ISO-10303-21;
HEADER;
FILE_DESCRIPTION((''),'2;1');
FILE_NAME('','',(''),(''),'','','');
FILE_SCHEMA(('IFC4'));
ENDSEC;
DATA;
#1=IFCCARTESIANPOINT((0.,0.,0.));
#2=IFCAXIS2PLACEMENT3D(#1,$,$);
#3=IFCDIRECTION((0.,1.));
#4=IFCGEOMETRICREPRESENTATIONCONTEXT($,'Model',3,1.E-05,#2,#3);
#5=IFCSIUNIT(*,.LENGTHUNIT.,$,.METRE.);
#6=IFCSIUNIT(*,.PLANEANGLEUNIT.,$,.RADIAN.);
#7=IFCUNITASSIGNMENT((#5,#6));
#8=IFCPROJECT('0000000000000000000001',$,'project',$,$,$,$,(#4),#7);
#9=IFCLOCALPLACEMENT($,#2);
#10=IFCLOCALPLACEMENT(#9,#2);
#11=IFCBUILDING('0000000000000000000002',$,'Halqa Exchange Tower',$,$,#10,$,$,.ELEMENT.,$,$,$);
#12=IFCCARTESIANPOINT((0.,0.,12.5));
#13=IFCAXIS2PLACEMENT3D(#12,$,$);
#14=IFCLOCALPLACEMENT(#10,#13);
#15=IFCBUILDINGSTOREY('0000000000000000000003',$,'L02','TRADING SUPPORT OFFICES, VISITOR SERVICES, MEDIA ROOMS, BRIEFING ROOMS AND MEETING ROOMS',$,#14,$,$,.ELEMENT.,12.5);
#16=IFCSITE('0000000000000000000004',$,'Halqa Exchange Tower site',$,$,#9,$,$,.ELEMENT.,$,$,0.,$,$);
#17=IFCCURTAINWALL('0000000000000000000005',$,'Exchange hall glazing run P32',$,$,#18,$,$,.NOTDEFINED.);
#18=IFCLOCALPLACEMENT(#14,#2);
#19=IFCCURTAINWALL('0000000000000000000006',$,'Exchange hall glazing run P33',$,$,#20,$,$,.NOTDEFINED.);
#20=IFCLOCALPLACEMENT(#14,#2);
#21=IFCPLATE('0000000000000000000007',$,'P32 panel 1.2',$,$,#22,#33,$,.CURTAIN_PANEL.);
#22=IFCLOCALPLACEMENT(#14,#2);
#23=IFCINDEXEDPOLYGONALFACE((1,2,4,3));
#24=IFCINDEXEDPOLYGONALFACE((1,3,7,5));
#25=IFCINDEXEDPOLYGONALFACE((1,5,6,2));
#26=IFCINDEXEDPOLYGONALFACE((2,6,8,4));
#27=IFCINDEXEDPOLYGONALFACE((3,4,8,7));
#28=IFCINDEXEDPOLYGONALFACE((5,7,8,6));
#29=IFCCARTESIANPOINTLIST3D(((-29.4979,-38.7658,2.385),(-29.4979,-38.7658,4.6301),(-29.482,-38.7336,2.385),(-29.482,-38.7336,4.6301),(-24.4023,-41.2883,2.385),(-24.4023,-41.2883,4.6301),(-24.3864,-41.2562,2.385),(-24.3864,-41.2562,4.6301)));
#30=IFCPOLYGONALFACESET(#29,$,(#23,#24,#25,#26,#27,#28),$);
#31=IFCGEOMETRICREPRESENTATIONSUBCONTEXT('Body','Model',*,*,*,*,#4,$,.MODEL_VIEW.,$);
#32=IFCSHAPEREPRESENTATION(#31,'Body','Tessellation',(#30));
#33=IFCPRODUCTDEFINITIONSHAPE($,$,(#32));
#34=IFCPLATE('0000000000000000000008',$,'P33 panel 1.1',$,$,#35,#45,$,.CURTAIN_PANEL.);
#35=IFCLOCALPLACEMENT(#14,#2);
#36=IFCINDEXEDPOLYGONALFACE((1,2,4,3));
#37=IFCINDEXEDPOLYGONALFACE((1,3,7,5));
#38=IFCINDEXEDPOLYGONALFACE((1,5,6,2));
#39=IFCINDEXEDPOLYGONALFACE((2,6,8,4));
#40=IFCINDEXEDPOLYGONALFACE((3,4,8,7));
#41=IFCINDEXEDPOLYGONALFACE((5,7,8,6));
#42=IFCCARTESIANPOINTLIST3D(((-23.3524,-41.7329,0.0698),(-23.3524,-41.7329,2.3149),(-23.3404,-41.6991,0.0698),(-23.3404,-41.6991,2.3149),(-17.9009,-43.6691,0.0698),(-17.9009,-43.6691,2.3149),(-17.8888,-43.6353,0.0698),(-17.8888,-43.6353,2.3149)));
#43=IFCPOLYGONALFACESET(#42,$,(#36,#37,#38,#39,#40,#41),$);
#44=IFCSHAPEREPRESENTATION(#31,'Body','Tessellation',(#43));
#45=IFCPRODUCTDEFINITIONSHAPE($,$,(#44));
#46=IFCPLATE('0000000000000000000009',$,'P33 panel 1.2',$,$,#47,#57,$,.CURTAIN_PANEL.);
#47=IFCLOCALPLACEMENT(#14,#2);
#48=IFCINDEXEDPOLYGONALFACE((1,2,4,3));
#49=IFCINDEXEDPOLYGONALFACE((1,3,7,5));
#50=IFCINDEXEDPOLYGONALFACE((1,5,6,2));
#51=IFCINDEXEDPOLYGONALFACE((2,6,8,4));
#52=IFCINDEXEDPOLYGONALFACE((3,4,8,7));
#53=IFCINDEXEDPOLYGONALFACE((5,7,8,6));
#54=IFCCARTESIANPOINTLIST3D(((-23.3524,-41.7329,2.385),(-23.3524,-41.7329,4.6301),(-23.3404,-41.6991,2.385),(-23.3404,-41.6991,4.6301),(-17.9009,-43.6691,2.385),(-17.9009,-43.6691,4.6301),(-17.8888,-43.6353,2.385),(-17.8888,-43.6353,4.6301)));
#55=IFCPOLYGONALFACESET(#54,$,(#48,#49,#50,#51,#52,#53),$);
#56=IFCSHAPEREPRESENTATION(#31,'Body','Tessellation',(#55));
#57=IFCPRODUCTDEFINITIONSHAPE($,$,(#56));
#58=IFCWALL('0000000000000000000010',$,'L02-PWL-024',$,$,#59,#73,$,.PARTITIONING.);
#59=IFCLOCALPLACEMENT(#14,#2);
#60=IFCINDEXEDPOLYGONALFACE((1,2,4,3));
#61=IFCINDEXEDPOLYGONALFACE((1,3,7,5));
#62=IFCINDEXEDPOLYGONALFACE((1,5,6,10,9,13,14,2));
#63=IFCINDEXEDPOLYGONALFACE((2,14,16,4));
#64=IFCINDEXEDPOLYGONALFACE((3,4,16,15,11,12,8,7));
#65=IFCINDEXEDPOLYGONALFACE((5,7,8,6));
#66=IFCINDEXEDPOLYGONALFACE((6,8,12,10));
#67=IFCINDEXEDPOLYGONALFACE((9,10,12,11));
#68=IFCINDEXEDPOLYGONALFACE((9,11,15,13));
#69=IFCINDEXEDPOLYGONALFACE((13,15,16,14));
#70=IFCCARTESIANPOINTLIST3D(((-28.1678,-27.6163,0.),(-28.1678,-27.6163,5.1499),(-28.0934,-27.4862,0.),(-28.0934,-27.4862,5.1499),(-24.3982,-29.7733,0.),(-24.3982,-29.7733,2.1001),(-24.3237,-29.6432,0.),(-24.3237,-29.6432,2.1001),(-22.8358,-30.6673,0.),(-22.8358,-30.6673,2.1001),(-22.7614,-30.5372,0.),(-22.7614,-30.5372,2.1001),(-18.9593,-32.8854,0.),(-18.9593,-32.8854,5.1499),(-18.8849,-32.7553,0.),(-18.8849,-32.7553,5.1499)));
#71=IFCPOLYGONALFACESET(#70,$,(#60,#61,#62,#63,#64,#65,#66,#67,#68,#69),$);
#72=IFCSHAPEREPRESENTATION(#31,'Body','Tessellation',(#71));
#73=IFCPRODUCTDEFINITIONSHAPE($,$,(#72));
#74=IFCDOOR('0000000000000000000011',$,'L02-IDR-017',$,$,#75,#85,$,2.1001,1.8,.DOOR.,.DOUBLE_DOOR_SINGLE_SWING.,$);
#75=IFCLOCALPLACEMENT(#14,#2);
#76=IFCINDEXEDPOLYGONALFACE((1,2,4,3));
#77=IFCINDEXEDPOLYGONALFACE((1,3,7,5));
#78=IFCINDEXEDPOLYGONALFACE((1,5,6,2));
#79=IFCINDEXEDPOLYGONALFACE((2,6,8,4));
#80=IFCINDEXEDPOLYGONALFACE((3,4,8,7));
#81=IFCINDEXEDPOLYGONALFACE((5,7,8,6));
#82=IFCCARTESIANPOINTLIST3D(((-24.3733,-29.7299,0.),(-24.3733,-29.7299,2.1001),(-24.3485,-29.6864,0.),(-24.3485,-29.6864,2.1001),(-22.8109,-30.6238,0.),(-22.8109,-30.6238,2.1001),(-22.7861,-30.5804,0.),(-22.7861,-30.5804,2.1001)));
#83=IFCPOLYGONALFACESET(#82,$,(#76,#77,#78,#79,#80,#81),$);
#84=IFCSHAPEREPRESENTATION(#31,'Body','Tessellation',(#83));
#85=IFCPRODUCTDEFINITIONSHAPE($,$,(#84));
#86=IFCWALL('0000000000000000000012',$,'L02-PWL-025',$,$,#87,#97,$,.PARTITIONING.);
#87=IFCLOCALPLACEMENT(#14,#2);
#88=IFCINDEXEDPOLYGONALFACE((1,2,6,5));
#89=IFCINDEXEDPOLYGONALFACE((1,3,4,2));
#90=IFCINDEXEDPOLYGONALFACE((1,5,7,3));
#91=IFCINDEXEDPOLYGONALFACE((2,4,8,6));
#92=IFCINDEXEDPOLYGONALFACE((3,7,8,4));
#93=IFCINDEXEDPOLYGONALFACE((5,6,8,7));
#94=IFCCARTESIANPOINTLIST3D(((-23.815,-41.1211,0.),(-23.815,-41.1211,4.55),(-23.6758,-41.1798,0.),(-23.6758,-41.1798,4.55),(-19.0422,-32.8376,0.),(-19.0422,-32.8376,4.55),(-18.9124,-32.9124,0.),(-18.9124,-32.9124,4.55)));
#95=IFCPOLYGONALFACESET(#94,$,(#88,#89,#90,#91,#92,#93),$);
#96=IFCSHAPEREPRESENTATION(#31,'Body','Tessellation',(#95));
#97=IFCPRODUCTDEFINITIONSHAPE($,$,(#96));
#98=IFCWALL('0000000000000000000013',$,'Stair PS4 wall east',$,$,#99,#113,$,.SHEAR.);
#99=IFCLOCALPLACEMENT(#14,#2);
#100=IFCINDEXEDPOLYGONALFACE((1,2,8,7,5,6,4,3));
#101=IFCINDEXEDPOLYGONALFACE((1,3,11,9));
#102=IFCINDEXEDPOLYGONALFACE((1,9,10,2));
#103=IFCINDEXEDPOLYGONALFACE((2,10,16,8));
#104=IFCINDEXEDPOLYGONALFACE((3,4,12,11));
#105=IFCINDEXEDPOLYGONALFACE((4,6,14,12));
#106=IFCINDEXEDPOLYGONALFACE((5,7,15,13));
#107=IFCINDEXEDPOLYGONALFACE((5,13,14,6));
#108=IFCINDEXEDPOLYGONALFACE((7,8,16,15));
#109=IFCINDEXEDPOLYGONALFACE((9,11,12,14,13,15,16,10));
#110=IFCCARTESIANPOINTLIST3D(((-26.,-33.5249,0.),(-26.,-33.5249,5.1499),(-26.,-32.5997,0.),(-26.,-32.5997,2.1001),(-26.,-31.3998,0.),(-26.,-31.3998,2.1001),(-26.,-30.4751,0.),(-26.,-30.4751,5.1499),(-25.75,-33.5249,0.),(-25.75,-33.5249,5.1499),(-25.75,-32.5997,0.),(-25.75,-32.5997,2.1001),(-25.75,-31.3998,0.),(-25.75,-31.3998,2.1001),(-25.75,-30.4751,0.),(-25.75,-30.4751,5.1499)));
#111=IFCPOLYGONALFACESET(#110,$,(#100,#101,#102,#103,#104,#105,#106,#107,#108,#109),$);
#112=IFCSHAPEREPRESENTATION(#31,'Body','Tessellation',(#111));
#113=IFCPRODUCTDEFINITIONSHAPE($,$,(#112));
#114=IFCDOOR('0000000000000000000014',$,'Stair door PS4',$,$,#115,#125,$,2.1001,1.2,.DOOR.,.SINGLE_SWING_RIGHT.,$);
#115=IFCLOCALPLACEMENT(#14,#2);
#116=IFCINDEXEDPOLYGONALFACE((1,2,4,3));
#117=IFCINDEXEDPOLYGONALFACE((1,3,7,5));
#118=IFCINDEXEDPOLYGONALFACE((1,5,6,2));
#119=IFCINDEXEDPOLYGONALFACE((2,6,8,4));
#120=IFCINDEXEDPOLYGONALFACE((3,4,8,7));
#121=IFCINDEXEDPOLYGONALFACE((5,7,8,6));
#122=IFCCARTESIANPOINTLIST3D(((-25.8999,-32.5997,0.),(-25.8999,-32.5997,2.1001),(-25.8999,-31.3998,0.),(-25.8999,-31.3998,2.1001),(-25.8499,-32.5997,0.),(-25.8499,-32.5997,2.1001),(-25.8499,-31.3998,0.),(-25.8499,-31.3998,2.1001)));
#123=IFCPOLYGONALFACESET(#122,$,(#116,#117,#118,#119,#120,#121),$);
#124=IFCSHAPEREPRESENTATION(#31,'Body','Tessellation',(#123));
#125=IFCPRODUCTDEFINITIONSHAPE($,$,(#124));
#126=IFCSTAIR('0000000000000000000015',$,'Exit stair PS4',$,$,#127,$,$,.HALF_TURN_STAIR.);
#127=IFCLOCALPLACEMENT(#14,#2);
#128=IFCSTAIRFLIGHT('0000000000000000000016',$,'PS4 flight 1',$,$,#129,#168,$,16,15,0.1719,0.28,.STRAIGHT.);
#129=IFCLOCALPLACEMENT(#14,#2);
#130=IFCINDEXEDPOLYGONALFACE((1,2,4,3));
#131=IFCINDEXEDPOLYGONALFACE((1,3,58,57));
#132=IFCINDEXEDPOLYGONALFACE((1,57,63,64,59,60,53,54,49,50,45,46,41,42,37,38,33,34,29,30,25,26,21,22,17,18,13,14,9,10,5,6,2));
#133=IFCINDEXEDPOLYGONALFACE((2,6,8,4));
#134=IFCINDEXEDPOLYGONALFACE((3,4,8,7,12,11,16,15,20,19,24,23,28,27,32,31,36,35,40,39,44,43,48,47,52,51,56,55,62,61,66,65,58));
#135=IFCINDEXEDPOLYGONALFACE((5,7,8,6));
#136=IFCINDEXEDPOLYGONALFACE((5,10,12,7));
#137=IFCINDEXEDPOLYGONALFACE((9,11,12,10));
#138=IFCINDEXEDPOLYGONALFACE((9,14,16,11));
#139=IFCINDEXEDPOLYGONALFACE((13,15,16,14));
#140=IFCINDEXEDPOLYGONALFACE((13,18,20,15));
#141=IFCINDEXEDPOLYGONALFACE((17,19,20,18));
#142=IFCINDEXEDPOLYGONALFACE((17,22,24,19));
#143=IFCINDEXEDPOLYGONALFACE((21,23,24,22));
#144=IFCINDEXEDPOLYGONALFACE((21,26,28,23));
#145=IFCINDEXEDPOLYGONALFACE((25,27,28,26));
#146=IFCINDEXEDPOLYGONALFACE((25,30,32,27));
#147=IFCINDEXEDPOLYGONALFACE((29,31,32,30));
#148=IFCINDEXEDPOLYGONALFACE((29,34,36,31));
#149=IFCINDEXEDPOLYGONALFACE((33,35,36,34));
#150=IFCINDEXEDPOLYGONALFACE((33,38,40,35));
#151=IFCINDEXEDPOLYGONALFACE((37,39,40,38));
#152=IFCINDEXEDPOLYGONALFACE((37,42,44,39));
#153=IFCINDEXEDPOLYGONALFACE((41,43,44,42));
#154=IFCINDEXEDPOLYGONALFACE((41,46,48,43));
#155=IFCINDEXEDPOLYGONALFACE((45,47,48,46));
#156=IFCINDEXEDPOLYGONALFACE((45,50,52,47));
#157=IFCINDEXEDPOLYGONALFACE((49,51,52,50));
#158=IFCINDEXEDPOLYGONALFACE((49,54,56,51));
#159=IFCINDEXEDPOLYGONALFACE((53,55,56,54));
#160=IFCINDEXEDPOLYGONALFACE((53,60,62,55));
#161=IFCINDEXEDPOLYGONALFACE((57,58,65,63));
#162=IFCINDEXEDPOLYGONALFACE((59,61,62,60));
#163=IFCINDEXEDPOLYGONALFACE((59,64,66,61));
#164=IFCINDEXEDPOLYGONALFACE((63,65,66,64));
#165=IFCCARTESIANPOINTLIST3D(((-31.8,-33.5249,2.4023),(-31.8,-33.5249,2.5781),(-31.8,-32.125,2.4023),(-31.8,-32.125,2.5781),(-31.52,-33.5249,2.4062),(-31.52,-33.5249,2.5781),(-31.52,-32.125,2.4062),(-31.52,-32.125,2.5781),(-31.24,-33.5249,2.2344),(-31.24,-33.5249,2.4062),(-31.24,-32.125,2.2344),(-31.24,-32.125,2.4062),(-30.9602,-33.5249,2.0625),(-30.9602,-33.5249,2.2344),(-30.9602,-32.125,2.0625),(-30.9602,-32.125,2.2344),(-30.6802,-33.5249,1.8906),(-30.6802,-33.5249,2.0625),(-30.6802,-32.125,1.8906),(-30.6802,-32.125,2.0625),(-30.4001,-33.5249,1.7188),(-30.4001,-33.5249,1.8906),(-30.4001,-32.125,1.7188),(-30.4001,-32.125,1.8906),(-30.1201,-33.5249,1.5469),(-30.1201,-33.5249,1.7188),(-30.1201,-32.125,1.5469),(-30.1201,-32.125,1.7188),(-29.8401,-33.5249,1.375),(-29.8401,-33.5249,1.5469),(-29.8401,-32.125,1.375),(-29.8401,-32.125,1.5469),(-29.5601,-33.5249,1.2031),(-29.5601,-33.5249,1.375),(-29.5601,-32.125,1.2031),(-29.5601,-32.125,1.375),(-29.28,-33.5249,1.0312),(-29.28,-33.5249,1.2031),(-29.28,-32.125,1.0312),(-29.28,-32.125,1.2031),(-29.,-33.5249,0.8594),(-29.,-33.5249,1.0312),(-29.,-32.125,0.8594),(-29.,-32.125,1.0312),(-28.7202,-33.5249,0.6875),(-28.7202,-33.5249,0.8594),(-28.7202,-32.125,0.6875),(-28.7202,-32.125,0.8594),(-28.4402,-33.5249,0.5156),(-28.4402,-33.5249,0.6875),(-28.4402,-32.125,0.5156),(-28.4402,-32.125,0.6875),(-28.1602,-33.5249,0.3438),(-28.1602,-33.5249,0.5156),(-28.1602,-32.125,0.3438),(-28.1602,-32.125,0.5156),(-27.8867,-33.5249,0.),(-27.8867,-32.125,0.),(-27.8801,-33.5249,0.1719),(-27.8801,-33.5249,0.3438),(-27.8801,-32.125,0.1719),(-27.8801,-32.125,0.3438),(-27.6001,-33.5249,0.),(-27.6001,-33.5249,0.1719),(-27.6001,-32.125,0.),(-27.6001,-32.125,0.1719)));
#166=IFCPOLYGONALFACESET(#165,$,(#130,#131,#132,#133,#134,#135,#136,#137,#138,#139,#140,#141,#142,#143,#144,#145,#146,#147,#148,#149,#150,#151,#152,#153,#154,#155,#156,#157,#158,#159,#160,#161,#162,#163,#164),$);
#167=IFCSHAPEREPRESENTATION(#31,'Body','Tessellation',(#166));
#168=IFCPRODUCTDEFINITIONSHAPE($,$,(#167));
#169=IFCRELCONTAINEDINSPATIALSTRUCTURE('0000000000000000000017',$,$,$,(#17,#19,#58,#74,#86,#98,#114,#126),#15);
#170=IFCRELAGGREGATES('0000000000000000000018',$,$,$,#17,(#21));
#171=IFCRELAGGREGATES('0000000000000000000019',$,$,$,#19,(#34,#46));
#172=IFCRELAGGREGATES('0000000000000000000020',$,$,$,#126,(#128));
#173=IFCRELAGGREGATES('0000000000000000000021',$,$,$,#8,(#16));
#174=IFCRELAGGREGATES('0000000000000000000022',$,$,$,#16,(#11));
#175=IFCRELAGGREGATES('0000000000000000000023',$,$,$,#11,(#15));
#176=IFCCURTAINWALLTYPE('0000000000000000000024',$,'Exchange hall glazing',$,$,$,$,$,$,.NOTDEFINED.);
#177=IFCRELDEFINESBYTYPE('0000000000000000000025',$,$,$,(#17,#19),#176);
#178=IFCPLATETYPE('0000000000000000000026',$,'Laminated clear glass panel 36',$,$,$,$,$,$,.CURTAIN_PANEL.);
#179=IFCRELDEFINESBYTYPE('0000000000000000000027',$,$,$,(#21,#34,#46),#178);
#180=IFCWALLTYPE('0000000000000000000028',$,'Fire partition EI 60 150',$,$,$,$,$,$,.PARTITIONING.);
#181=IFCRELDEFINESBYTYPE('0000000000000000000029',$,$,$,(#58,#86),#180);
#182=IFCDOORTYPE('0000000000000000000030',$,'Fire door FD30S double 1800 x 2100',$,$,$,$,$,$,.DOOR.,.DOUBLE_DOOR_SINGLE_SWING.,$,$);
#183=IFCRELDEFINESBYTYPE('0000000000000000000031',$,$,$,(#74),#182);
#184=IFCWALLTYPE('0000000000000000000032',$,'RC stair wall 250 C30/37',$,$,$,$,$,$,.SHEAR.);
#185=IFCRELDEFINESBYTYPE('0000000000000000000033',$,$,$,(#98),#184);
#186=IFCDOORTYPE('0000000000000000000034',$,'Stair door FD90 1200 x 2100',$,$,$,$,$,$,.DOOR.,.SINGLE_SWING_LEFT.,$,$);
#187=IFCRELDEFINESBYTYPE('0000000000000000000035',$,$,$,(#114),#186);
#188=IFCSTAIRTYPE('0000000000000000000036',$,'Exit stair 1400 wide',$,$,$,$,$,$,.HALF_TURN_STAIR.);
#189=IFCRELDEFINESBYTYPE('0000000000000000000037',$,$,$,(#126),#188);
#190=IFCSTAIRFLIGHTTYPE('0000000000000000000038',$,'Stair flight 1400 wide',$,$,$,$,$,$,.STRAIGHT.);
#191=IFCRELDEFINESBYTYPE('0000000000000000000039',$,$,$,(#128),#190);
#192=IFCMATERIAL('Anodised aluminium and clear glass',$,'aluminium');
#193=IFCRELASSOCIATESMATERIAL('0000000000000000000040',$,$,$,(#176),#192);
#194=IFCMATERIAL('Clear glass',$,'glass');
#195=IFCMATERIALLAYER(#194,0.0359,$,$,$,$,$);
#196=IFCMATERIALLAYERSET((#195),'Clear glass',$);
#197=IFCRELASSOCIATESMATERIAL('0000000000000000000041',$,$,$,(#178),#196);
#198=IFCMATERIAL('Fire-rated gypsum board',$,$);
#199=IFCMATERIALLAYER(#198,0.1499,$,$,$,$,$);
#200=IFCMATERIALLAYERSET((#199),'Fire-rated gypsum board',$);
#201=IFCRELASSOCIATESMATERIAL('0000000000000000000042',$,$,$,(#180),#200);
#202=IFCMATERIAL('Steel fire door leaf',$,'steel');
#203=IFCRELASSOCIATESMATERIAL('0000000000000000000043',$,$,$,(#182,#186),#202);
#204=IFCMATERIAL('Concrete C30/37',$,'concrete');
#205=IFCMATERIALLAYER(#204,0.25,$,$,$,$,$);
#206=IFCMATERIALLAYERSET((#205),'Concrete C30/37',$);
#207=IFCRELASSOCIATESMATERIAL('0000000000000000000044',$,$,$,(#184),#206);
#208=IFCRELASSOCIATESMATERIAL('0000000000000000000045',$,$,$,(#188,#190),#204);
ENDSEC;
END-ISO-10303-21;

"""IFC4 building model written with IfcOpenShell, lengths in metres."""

from ifc_helpers import new_model, si_unit, direction, frame, frame_2d, origin, origin_2d, place, context, subcontext, project, spatial, polyline, rectangle, outline, extrude, material, layer, layer_set, type_object, element, fill, aggregate, save


model = new_model("IFC4")

# Units and contexts
model_context = context("Model", 3, precision=1e-05, world=origin(), true_north=direction((0.0, 1.0)))
body_context = subcontext(model_context, "Body", "Model", "MODEL_VIEW")
ifc_project = project(units=[si_unit("LENGTHUNIT", "METRE"), si_unit("PLANEANGLEUNIT", "RADIAN")], contexts=[model_context])

# Site, building, storey
site_placement = place(None, origin())
site = spatial("IfcSite", under=ifc_project, at=site_placement, Name="Halqa Exchange Tower site", CompositionType="ELEMENT", RefElevation=0.0)
building_placement = place(site_placement, origin())
building = spatial("IfcBuilding", under=site, at=building_placement, Name="Halqa Exchange Tower", CompositionType="ELEMENT")
storey_placement = place(building_placement, frame((0.0, 0.0, 12.5)))
storey = spatial("IfcBuildingStorey", under=building, at=storey_placement, Name="L02", Description="TRADING SUPPORT OFFICES, VISITOR SERVICES, MEDIA ROOMS, BRIEFING ROOMS AND MEETING ROOMS", CompositionType="ELEMENT", Elevation=12.5)

# Curtain wall
ifc_material_1 = material(Name="Anodised aluminium and clear glass", Category="aluminium")
curtain_wall_type = type_object("IfcCurtainWallType", Name="Exchange hall glazing", PredefinedType="NOTDEFINED", material=ifc_material_1)
curtain_wall_1_placement = place(storey_placement, origin())
curtain_wall_1 = element("IfcCurtainWall", 1, at=curtain_wall_1_placement, inside=storey, type_object=curtain_wall_type, Name="Exchange hall glazing run P32", PredefinedType="NOTDEFINED")

# Curtain wall
curtain_wall_2_placement = place(storey_placement, origin())
curtain_wall_2 = element("IfcCurtainWall", 2, at=curtain_wall_2_placement, inside=storey, type_object=curtain_wall_type, Name="Exchange hall glazing run P33", PredefinedType="NOTDEFINED")

# Plates
ifc_material_2 = material(Name="Clear glass", Category="glass")
ifc_layer_1 = layer(ifc_material_2, 0.0359)
ifc_layer_set_1 = layer_set([ifc_layer_1], Name="Clear glass")
plate_type = type_object("IfcPlateType", Name="Laminated clear glass panel 36", PredefinedType="CURTAIN_PANEL", material=ifc_layer_set_1)
plate_1_placement = place(storey_placement, frame((-26.9421, -40.011, 2.385), z_axis=(0.0, 0.0, 1.0), x_axis=(0.896198, -0.443653, 0.0)))
plate_1 = element("IfcPlate", 3, at=plate_1_placement, type_object=plate_type, Name="P32 panel 1.2", PredefinedType="CURTAIN_PANEL", context=body_context, shape_type="SweptSolid", body=[
    extrude(rectangle(XDim=5.6858, YDim=0.0359, at=origin_2d()), origin(), (0.0, 0.0, 1.0), 2.2451),
])
aggregate(curtain_wall_1, [plate_1])
plate_2_placement = place(storey_placement, frame((-20.6206, -42.6841, 0.0698), z_axis=(0.0, 0.0, 1.0), x_axis=(0.942329, -0.334688, 0.0)))
plate_2 = element("IfcPlate", 4, at=plate_2_placement, type_object=plate_type, Name="P33 panel 1.1", PredefinedType="CURTAIN_PANEL", context=body_context, shape_type="SweptSolid", body=[
    extrude(rectangle(XDim=5.7852, YDim=0.0359, at=origin_2d()), origin(), (0.0, 0.0, 1.0), 2.2451),
])
plate_3_placement = place(storey_placement, frame((-20.6206, -42.6841, 2.385), z_axis=(0.0, 0.0, 1.0), x_axis=(0.942329, -0.334688, 0.0)))
plate_3 = element("IfcPlate", 5, at=plate_3_placement, type_object=plate_type, Name="P33 panel 1.2", PredefinedType="CURTAIN_PANEL", context=body_context, shape_type="SweptSolid", body=[
    extrude(rectangle(XDim=5.7852, YDim=0.0359, at=origin_2d()), origin(), (0.0, 0.0, 1.0), 2.2451),
])
aggregate(curtain_wall_2, [plate_2, plate_3])

# Wall, opening, door
ifc_material_3 = material(Name="Fire-rated gypsum board")
ifc_layer_2 = layer(ifc_material_3, 0.1499)
ifc_layer_set_2 = layer_set([ifc_layer_2], Name="Fire-rated gypsum board")
wall_type_1 = type_object("IfcWallType", Name="Fire partition EI 60 150", PredefinedType="PARTITIONING", material=ifc_layer_set_2)
wall_1_placement = place(storey_placement, frame((-18.9221, -32.8203, 0.0), z_axis=(0.0, 0.0, 1.0), x_axis=(-0.867957, 0.496639, 0.0)))
wall_1 = element("IfcWall", 6, at=wall_1_placement, inside=storey, type_object=wall_type_1, Name="L02-PWL-024", PredefinedType="PARTITIONING", context=body_context, shape_type="SweptSolid", body=[
    extrude(rectangle(XDim=10.6094, YDim=0.1499, at=frame_2d((5.3047, 0.0))), origin(), (0.0, 0.0, 1.0), 5.1499),
])
opening_1_placement = place(wall_1_placement, frame((4.4663, 0.0, 0.0)))
opening_1 = element("IfcOpeningElement", 7, at=opening_1_placement, cuts=wall_1, PredefinedType="OPENING", context=body_context, shape_type="SweptSolid", body=[
    extrude(rectangle(XDim=1.8, YDim=2.1001, at=frame_2d((0.8999, 1.05))), frame((0.0, 0.0869, 0.0), z_axis=(0.0, -1.0, 0.0), x_axis=(1.0, 0.0, 0.0)), (0.0, 0.0, 1.0), 0.1738),
])
ifc_material_4 = material(Name="Steel fire door leaf", Category="steel")
door_type_1 = type_object("IfcDoorType", Name="Fire door FD30S double 1800 x 2100", OperationType="DOUBLE_DOOR_SINGLE_SWING", PredefinedType="DOOR", material=ifc_material_4)
door_1_placement = place(opening_1_placement, origin())
door_1 = element("IfcDoor", 8, at=door_1_placement, inside=storey, type_object=door_type_1, Name="L02-IDR-017", OperationType="DOUBLE_DOOR_SINGLE_SWING", OverallHeight=2.1001, OverallWidth=1.8, PredefinedType="DOOR", context=body_context, shape_type="SweptSolid", body=[
    extrude(rectangle(XDim=1.8, YDim=2.1001, at=frame_2d((0.8999, 1.05))), frame((0.0, 0.0249, 0.0), z_axis=(0.0, -1.0, 0.0), x_axis=(1.0, 0.0, 0.0)), (0.0, 0.0, 1.0), 0.05),
])
fill(opening_1, door_1)

# Wall
wall_2_placement = place(storey_placement, frame((-18.9773, -32.875, 0.0), z_axis=(0.0, 0.0, 1.0), x_axis=(-0.499236, -0.866466, 0.0)))
element("IfcWall", 9, at=wall_2_placement, inside=storey, type_object=wall_type_1, Name="L02-PWL-025", PredefinedType="PARTITIONING", context=body_context, shape_type="SweptSolid", body=[
    extrude(outline(polyline([(0.0, -0.075), (9.5601, -0.075), (9.5415, 0.075), (0.0, 0.075), (0.0, -0.075)])), origin(), (0.0, 0.0, 1.0), 4.55),
])

# Wall, opening, door
ifc_material_5 = material(Name="Concrete C30/37", Category="concrete")
ifc_layer_3 = layer(ifc_material_5, 0.25)
ifc_layer_set_3 = layer_set([ifc_layer_3], Name="Concrete C30/37")
wall_type_2 = type_object("IfcWallType", Name="RC stair wall 250 C30/37", PredefinedType="SHEAR", material=ifc_layer_set_3)
wall_3_placement = place(storey_placement, frame((-25.875, -33.5249, 0.0), z_axis=(0.0, 0.0, 1.0), x_axis=(0.0, 1.0, 0.0)))
wall_3 = element("IfcWall", 10, at=wall_3_placement, inside=storey, type_object=wall_type_2, Name="Stair PS4 wall east", PredefinedType="SHEAR", context=body_context, shape_type="SweptSolid", body=[
    extrude(rectangle(XDim=3.0498, YDim=0.25, at=frame_2d((1.5249, 0.0))), origin(), (0.0, 0.0, 1.0), 5.1499),
])
opening_2_placement = place(wall_3_placement, frame((0.925, 0.0, 0.0)))
opening_2 = element("IfcOpeningElement", 11, at=opening_2_placement, cuts=wall_3, PredefinedType="OPENING", context=body_context, shape_type="SweptSolid", body=[
    extrude(rectangle(XDim=1.2, YDim=2.1001, at=frame_2d((0.6001, 1.05))), frame((0.0, 0.137, 0.0), z_axis=(0.0, -1.0, 0.0), x_axis=(1.0, 0.0, 0.0)), (0.0, 0.0, 1.0), 0.2739),
])
door_type_2 = type_object("IfcDoorType", Name="Stair door FD90 1200 x 2100", OperationType="SINGLE_SWING_LEFT", PredefinedType="DOOR", material=ifc_material_4)
door_2_placement = place(opening_2_placement, origin())
door_2 = element("IfcDoor", 12, at=door_2_placement, inside=storey, type_object=door_type_2, Name="Stair door PS4", OperationType="SINGLE_SWING_RIGHT", OverallHeight=2.1001, OverallWidth=1.2, PredefinedType="DOOR", context=body_context, shape_type="SweptSolid", body=[
    extrude(rectangle(XDim=1.2, YDim=2.1001, at=frame_2d((0.6001, 1.05))), frame((0.0, 0.0249, 0.0), z_axis=(0.0, -1.0, 0.0), x_axis=(1.0, 0.0, 0.0)), (0.0, 0.0, 1.0), 0.05),
])
fill(opening_2, door_2)

# Stair, stair flight
stair_type = type_object("IfcStairType", Name="Exit stair 1400 wide", PredefinedType="HALF_TURN_STAIR", material=ifc_material_5)
stair_placement = place(storey_placement, origin())
stair = element("IfcStair", 13, at=stair_placement, inside=storey, type_object=stair_type, Name="Exit stair PS4", PredefinedType="HALF_TURN_STAIR")
stair_flight_type = type_object("IfcStairFlightType", Name="Stair flight 1400 wide", PredefinedType="STRAIGHT", material=ifc_material_5)
stair_flight_placement = place(storey_placement, frame((-27.6001, -32.825, 0.0), z_axis=(0.0, 0.0, 1.0), x_axis=(-1.0, 0.0, 0.0)))
stair_flight = element("IfcStairFlight", 14, at=stair_flight_placement, type_object=stair_flight_type, Name="PS4 flight 1", NumberOfRisers=16, NumberOfTreads=15, PredefinedType="STRAIGHT", RiserHeight=0.1719, TreadLength=0.28, context=body_context, shape_type="SweptSolid", body=[
    extrude(outline(polyline([(0.0, 0.0), (0.0, 0.1719), (0.28, 0.1719), (0.28, 0.3438), (0.5601, 0.3438), (0.5601, 0.5156), (0.8401, 0.5156), (0.8401, 0.6875), (1.1201, 0.6875), (1.1201, 0.8594), (1.3999, 0.8594), (1.3999, 1.0312), (1.6799, 1.0312), (1.6799, 1.2031), (1.96, 1.2031), (1.96, 1.375), (2.24, 1.375), (2.24, 1.5469), (2.52, 1.5469), (2.52, 1.7188), (2.8, 1.7188), (2.8, 1.8906), (3.0801, 1.8906), (3.0801, 2.0625), (3.3601, 2.0625), (3.3601, 2.2344), (3.6399, 2.2344), (3.6399, 2.4062), (3.9199, 2.4062), (3.9199, 2.5781), (4.2, 2.5781), (4.2, 2.75), (4.2, 2.4023), (0.2866, 0.0), (0.0, 0.0)])), frame((0.0, 0.7, 0.0), z_axis=(0.0, -1.0, 0.0), x_axis=(1.0, 0.0, 0.0)), (0.0, 0.0, 1.0), 1.3999),
])
aggregate(stair, [stair_flight])

save(model, "model.ifc")
